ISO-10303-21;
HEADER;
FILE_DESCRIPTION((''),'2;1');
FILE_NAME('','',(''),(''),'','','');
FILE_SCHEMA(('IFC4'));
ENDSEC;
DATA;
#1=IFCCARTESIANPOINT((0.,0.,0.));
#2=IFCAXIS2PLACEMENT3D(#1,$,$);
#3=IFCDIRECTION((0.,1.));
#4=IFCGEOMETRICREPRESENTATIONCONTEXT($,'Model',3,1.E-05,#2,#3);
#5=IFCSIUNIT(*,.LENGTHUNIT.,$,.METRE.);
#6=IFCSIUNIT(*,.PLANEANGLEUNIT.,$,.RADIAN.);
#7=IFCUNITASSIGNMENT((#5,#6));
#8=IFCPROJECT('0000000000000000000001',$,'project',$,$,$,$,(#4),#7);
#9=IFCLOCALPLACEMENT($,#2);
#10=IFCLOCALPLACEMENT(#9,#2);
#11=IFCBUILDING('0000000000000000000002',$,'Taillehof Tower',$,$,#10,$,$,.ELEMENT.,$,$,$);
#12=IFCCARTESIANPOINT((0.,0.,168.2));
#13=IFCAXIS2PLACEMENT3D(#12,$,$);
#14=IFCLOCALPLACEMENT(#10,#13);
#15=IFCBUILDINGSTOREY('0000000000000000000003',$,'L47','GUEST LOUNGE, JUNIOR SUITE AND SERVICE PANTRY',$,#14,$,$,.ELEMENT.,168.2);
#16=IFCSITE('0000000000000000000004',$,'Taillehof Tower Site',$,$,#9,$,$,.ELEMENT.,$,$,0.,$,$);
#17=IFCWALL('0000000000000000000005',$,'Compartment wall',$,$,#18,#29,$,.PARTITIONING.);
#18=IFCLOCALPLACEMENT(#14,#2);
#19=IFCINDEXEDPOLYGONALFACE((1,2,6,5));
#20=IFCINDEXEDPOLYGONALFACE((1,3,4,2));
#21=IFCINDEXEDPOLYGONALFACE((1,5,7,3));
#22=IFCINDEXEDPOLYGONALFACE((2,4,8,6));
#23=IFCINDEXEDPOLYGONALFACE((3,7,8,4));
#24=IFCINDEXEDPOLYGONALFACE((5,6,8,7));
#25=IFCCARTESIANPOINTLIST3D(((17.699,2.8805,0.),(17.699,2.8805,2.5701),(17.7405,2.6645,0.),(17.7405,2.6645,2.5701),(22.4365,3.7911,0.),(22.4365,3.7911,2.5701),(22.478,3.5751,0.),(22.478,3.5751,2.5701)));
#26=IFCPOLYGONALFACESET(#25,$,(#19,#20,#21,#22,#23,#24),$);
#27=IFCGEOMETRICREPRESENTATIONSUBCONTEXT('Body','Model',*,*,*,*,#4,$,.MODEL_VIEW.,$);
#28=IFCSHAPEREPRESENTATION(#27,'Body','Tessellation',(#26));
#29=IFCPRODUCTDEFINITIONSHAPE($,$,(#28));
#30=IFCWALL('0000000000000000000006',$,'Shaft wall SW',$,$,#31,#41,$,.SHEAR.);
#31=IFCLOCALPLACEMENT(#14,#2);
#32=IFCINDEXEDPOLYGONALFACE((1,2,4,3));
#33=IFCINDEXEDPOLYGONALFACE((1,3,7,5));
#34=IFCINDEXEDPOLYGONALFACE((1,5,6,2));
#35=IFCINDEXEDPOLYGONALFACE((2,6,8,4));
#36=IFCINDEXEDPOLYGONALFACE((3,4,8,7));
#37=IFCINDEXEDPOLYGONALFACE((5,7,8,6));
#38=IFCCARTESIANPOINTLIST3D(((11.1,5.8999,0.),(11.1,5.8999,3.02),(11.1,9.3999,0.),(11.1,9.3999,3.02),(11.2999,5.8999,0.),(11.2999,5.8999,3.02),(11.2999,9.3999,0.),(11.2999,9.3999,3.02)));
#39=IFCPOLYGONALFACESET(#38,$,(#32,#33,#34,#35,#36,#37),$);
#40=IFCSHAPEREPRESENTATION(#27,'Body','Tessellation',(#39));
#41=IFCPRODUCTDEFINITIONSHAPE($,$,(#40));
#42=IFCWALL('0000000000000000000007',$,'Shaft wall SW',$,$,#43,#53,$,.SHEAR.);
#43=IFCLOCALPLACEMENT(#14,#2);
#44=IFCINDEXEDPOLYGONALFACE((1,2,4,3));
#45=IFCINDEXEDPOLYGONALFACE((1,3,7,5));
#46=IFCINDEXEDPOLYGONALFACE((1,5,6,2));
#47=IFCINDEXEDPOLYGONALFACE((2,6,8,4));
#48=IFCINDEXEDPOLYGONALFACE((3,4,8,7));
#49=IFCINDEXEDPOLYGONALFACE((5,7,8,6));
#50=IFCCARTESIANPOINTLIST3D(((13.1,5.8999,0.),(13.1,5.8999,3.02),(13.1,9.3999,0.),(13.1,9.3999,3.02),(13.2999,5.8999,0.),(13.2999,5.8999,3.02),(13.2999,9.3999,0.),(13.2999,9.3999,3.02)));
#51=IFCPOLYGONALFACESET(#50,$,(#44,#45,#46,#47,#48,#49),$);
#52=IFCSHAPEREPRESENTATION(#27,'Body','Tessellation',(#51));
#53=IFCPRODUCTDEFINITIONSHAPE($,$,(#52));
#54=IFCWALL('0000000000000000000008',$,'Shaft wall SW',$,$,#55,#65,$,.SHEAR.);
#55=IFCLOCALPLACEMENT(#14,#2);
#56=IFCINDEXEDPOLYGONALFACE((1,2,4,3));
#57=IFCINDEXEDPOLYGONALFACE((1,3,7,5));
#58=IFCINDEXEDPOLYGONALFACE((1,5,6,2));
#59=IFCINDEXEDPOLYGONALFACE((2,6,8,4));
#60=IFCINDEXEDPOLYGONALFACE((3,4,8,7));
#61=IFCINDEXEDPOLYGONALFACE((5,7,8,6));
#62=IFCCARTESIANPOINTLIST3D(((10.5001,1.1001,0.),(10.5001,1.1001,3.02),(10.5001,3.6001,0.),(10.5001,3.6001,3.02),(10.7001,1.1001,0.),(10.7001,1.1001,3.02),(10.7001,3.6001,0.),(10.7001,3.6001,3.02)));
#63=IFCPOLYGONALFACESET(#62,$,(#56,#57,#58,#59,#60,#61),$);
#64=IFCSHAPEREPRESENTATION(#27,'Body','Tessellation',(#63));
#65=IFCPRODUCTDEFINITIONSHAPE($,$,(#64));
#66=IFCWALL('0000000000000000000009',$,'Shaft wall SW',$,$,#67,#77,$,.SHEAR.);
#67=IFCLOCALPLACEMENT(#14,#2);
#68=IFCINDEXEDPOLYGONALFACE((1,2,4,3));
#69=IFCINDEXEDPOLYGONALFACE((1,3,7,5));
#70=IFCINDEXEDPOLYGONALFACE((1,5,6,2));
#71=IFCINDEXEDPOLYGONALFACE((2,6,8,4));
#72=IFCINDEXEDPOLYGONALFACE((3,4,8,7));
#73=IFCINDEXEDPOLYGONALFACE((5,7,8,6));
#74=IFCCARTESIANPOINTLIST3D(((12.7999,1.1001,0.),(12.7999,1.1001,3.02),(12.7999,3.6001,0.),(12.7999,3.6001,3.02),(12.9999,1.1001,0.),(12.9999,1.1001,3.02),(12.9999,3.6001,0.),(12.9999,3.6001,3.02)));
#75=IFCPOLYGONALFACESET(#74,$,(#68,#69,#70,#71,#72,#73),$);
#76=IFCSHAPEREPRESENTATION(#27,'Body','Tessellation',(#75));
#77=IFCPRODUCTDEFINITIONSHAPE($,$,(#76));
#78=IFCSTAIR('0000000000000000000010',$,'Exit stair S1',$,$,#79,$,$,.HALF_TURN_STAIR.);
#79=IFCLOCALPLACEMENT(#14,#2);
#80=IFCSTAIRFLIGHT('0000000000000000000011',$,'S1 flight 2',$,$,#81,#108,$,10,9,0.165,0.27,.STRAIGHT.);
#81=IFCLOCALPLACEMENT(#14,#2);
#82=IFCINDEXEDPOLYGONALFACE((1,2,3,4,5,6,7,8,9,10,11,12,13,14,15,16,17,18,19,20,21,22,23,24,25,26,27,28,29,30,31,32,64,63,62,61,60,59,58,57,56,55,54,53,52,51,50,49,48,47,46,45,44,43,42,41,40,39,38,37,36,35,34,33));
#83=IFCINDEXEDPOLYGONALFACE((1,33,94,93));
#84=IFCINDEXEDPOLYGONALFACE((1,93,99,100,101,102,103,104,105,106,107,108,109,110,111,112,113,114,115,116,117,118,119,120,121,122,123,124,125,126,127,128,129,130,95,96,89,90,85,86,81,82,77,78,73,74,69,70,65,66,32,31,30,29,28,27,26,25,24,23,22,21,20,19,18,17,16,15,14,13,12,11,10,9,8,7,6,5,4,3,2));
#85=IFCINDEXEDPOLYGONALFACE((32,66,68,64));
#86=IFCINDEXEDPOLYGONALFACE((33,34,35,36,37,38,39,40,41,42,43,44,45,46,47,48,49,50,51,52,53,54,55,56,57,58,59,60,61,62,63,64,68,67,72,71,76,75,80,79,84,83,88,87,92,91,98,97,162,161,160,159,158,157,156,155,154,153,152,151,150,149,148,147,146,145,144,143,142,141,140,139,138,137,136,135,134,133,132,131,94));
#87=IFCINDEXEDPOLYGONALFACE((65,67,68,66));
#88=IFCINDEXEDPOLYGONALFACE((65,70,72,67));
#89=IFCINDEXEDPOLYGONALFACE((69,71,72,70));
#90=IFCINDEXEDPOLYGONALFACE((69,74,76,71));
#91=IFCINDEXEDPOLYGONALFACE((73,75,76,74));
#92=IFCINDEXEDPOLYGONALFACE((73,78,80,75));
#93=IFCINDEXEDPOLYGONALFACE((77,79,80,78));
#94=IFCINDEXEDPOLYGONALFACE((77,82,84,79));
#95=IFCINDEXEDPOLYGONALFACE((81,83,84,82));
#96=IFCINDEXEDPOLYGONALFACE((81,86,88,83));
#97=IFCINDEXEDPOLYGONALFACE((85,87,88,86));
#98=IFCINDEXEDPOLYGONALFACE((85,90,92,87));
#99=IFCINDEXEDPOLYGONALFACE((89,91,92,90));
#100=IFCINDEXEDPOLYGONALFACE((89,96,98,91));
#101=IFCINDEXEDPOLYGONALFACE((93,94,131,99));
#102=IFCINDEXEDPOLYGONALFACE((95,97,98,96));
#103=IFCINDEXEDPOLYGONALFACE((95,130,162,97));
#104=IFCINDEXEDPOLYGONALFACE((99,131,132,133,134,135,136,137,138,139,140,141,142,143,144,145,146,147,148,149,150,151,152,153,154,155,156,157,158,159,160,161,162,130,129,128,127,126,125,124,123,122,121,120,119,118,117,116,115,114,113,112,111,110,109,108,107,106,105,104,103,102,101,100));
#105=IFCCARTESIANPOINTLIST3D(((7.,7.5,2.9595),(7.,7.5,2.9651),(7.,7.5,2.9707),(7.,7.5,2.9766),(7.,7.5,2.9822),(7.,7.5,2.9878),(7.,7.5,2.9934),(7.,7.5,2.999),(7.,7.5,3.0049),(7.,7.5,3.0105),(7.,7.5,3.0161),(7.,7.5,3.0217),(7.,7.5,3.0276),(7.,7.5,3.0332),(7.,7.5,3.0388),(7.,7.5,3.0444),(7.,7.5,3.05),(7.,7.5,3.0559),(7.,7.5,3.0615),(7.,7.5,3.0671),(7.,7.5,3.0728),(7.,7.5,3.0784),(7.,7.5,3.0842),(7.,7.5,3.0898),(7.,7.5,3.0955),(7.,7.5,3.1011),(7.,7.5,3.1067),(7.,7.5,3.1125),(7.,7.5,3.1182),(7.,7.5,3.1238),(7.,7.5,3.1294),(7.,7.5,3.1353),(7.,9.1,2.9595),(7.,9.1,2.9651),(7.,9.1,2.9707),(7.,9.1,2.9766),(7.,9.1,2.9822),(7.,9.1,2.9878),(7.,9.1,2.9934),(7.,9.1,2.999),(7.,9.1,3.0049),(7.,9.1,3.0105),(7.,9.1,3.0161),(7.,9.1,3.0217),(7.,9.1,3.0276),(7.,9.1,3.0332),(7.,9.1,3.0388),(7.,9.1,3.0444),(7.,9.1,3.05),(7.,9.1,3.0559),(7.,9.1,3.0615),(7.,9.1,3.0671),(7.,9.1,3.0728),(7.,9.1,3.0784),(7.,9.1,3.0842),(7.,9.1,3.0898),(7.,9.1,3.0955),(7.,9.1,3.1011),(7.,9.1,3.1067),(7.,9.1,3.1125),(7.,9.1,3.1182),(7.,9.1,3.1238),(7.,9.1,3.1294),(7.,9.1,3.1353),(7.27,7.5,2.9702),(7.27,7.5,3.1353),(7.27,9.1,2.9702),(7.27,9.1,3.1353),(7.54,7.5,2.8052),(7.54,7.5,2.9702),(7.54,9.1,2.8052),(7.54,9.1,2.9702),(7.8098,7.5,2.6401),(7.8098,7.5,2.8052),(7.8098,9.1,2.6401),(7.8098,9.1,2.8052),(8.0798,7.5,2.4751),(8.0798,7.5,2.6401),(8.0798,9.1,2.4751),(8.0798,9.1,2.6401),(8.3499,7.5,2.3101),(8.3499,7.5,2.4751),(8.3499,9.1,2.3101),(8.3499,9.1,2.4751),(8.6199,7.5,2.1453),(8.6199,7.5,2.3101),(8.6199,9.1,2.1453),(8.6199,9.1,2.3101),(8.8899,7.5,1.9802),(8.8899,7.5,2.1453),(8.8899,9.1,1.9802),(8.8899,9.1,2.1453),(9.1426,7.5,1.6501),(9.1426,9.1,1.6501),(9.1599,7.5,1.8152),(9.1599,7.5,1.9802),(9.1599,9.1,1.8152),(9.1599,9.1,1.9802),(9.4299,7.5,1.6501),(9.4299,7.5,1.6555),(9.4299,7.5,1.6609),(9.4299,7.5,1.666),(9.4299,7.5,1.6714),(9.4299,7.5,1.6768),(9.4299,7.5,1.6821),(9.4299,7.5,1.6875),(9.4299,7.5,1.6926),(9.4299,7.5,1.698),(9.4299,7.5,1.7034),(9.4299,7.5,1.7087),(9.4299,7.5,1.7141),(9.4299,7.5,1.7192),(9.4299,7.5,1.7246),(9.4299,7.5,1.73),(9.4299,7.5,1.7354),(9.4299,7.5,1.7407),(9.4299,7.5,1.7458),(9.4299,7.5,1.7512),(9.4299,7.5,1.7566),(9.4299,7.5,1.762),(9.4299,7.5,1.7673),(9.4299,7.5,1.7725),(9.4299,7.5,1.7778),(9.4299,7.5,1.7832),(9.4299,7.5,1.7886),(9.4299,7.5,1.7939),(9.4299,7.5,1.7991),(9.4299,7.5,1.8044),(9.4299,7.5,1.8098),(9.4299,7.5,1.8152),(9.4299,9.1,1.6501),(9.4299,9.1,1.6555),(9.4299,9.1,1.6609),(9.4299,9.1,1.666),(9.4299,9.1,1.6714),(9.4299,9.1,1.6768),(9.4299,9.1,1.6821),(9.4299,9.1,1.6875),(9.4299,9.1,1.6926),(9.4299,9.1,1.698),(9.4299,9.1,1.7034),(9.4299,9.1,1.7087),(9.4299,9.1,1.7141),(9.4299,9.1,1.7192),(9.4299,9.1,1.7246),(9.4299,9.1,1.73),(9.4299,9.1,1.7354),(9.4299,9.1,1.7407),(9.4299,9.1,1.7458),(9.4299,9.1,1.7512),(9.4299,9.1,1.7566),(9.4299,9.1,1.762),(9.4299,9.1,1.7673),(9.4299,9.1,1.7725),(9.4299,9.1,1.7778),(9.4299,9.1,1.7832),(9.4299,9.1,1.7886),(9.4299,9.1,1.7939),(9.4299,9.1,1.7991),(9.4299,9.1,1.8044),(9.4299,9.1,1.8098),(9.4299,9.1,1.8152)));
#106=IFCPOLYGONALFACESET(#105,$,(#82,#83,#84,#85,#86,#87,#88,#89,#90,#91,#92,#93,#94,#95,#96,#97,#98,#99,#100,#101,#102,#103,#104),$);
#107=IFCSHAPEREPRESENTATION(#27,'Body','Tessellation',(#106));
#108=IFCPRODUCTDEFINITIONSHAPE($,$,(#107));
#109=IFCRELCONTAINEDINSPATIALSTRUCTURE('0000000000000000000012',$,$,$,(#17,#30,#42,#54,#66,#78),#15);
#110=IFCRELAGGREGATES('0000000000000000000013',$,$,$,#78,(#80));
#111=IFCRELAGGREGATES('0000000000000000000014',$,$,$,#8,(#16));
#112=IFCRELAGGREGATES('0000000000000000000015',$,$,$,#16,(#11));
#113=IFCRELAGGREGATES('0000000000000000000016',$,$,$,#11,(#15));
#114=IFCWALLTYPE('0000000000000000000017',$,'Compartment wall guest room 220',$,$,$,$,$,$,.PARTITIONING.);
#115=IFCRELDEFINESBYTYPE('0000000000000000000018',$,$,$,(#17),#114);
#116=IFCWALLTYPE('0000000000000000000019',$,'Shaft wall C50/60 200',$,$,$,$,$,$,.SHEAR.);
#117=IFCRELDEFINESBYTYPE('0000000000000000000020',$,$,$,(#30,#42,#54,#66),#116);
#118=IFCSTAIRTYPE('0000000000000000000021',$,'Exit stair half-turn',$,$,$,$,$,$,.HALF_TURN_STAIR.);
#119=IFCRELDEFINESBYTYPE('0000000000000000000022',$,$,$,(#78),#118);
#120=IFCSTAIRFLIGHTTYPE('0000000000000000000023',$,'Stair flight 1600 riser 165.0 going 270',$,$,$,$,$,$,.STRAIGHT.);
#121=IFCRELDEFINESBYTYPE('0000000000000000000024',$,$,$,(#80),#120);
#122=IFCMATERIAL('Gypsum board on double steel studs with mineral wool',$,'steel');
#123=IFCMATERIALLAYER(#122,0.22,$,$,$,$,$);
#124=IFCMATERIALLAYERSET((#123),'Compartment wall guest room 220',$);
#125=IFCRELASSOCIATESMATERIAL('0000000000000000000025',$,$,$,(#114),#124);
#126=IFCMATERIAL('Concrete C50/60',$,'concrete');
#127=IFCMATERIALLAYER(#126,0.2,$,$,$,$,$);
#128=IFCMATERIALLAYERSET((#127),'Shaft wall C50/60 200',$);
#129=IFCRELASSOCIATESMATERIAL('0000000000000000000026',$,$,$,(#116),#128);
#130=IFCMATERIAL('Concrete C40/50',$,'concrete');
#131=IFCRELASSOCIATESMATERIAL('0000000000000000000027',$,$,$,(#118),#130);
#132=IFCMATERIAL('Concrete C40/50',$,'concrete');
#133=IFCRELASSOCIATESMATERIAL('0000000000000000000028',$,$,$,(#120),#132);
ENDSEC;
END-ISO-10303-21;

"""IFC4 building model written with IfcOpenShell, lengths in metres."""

from ifc_helpers import new_model, si_unit, direction, frame, frame_2d, origin, place, context, subcontext, project, spatial, polyline, rectangle, outline, extrude, material, layer, layer_set, type_object, element, aggregate, save


model = new_model("IFC4")

# Units and contexts
model_context = context("Model", 3, precision=1e-05, world=origin(), true_north=direction((0.0, 1.0)))
body_context = subcontext(model_context, "Body", "Model", "MODEL_VIEW")
ifc_project = project(units=[si_unit("LENGTHUNIT", "METRE"), si_unit("PLANEANGLEUNIT", "RADIAN")], contexts=[model_context])

# Site, building, storey
site_placement = place(None, origin())
site = spatial("IfcSite", under=ifc_project, at=site_placement, Name="Taillehof Tower Site", CompositionType="ELEMENT", RefElevation=0.0)
building_placement = place(site_placement, origin())
building = spatial("IfcBuilding", under=site, at=building_placement, Name="Taillehof Tower", CompositionType="ELEMENT")
storey_placement = place(building_placement, frame((0.0, 0.0, 168.2)))
storey = spatial("IfcBuildingStorey", under=building, at=storey_placement, Name="L47", Description="GUEST LOUNGE, JUNIOR SUITE AND SERVICE PANTRY", CompositionType="ELEMENT", Elevation=168.2)

# Walls
ifc_material_1 = material(Name="Gypsum board on double steel studs with mineral wool", Category="steel")
ifc_layer_1 = layer(ifc_material_1, 0.22)
ifc_layer_set_1 = layer_set([ifc_layer_1], Name="Compartment wall guest room 220")
wall_type_1 = type_object("IfcWallType", Name="Compartment wall guest room 220", PredefinedType="PARTITIONING", material=ifc_layer_set_1)
wall_1_placement = place(storey_placement, frame((22.4573, 3.6831, 0.0), z_axis=(0.0, 0.0, 1.0), x_axis=(-0.982023, -0.188763, 0.0)))
element("IfcWall", 1, at=wall_1_placement, inside=storey, type_object=wall_type_1, Name="Compartment wall", PredefinedType="PARTITIONING", context=body_context, shape_type="SweptSolid", body=[
    extrude(rectangle(XDim=4.8242, YDim=0.22, at=frame_2d((2.4121, 0.0))), origin(), (0.0, 0.0, 1.0), 2.5701),
])
ifc_material_2 = material(Name="Concrete C50/60", Category="concrete")
ifc_layer_2 = layer(ifc_material_2, 0.2)
ifc_layer_set_2 = layer_set([ifc_layer_2], Name="Shaft wall C50/60 200")
wall_type_2 = type_object("IfcWallType", Name="Shaft wall C50/60 200", PredefinedType="SHEAR", material=ifc_layer_set_2)
for number, where, z_axis, x_axis, name in (
    (2, (11.2, 5.8999, 0.0), (0.0, 0.0, 1.0), (0.0, 1.0, 0.0), "Shaft wall SW"),
    (3, (13.2, 5.8999, 0.0), (0.0, 0.0, 1.0), (0.0, 1.0, 0.0), "Shaft wall SW"),
):
    element("IfcWall", number, at=place(storey_placement, frame(where, z_axis=z_axis, x_axis=x_axis)), inside=storey, type_object=wall_type_2, Name=name, PredefinedType="SHEAR", context=body_context, shape_type="SweptSolid", body=[
        extrude(rectangle(XDim=3.5, YDim=0.2, at=frame_2d((1.75, 0.0))), origin(), (0.0, 0.0, 1.0), 3.02),
    ])
for number, where, z_axis, x_axis, name in (
    (4, (10.6001, 1.1001, 0.0), (0.0, 0.0, 1.0), (0.0, 1.0, 0.0), "Shaft wall SW"),
    (5, (12.8999, 1.1001, 0.0), (0.0, 0.0, 1.0), (0.0, 1.0, 0.0), "Shaft wall SW"),
):
    element("IfcWall", number, at=place(storey_placement, frame(where, z_axis=z_axis, x_axis=x_axis)), inside=storey, type_object=wall_type_2, Name=name, PredefinedType="SHEAR", context=body_context, shape_type="SweptSolid", body=[
        extrude(rectangle(XDim=2.5, YDim=0.2, at=frame_2d((1.25, 0.0))), origin(), (0.0, 0.0, 1.0), 3.02),
    ])

# Stair, stair flight
ifc_material_3 = material(Name="Concrete C40/50", Category="concrete")
stair_type = type_object("IfcStairType", Name="Exit stair half-turn", PredefinedType="HALF_TURN_STAIR", material=ifc_material_3)
stair_placement = place(storey_placement, origin())
stair = element("IfcStair", 6, at=stair_placement, inside=storey, type_object=stair_type, Name="Exit stair S1", PredefinedType="HALF_TURN_STAIR")
ifc_material_4 = material(Name="Concrete C40/50", Category="concrete")
stair_flight_type = type_object("IfcStairFlightType", Name="Stair flight 1600 riser 165.0 going 270", PredefinedType="STRAIGHT", material=ifc_material_4)
stair_flight_placement = place(storey_placement, frame((9.4299, 8.3, 1.6501), z_axis=(0.0, 0.0, 1.0), x_axis=(-1.0, 0.0, 0.0)))
stair_flight = element("IfcStairFlight", 7, at=stair_flight_placement, type_object=stair_flight_type, Name="S1 flight 2", NumberOfRisers=10, NumberOfTreads=9, PredefinedType="STRAIGHT", RiserHeight=0.165, TreadLength=0.27, context=body_context, shape_type="SweptSolid", body=[
    extrude(outline(polyline([(0.0, 0.0), (0.0, 0.0054), (0.0, 0.0107), (0.0, 0.0159), (0.0, 0.0212), (0.0, 0.0266), (0.0, 0.032), (0.0, 0.0374), (0.0, 0.0425), (0.0, 0.0479), (0.0, 0.0532), (0.0, 0.0586), (0.0, 0.064), (0.0, 0.0691), (0.0, 0.0745), (0.0, 0.0798), (0.0, 0.0852), (0.0, 0.0906), (0.0, 0.0957), (0.0, 0.1011), (0.0, 0.1064), (0.0, 0.1118), (0.0, 0.1172), (0.0, 0.1223), (0.0, 0.1277), (0.0, 0.1331), (0.0, 0.1384), (0.0, 0.1438), (0.0, 0.1489), (0.0, 0.1543), (0.0, 0.1597), (0.0, 0.165), (0.27, 0.165), (0.27, 0.3301), (0.54, 0.3301), (0.54, 0.4951), (0.8101, 0.4951), (0.8101, 0.6599), (1.0801, 0.6599), (1.0801, 0.825), (1.3501, 0.825), (1.3501, 0.99), (1.6201, 0.99), (1.6201, 1.155), (1.8899, 1.155), (1.8899, 1.3201), (2.1599, 1.3201), (2.1599, 1.4851), (2.4299, 1.4851), (2.4299, 1.4792), (2.4299, 1.4736), (2.4299, 1.468), (2.4299, 1.4624), (2.4299, 1.4565), (2.4299, 1.4509), (2.4299, 1.4453), (2.4299, 1.4397), (2.4299, 1.4341), (2.4299, 1.4282), (2.4299, 1.4226), (2.4299, 1.417), (2.4299, 1.4114), (2.4299, 1.4058), (2.4299, 1.3999), (2.4299, 1.3943), (2.4299, 1.3887), (2.4299, 1.3831), (2.4299, 1.3774), (2.4299, 1.3716), (2.4299, 1.366), (2.4299, 1.3604), (2.4299, 1.3547), (2.4299, 1.3489), (2.4299, 1.3433), (2.4299, 1.3376), (2.4299, 1.332), (2.4299, 1.3264), (2.4299, 1.3206), (2.4299, 1.3149), (2.4299, 1.3093), (0.2874, 0.0), (0.0, 0.0)])), frame((0.0, 0.8, 0.0), z_axis=(0.0, -1.0, 0.0), x_axis=(1.0, 0.0, 0.0)), (0.0, 0.0, 1.0), 1.6),
])
aggregate(stair, [stair_flight])

save(model, "model.ifc")
